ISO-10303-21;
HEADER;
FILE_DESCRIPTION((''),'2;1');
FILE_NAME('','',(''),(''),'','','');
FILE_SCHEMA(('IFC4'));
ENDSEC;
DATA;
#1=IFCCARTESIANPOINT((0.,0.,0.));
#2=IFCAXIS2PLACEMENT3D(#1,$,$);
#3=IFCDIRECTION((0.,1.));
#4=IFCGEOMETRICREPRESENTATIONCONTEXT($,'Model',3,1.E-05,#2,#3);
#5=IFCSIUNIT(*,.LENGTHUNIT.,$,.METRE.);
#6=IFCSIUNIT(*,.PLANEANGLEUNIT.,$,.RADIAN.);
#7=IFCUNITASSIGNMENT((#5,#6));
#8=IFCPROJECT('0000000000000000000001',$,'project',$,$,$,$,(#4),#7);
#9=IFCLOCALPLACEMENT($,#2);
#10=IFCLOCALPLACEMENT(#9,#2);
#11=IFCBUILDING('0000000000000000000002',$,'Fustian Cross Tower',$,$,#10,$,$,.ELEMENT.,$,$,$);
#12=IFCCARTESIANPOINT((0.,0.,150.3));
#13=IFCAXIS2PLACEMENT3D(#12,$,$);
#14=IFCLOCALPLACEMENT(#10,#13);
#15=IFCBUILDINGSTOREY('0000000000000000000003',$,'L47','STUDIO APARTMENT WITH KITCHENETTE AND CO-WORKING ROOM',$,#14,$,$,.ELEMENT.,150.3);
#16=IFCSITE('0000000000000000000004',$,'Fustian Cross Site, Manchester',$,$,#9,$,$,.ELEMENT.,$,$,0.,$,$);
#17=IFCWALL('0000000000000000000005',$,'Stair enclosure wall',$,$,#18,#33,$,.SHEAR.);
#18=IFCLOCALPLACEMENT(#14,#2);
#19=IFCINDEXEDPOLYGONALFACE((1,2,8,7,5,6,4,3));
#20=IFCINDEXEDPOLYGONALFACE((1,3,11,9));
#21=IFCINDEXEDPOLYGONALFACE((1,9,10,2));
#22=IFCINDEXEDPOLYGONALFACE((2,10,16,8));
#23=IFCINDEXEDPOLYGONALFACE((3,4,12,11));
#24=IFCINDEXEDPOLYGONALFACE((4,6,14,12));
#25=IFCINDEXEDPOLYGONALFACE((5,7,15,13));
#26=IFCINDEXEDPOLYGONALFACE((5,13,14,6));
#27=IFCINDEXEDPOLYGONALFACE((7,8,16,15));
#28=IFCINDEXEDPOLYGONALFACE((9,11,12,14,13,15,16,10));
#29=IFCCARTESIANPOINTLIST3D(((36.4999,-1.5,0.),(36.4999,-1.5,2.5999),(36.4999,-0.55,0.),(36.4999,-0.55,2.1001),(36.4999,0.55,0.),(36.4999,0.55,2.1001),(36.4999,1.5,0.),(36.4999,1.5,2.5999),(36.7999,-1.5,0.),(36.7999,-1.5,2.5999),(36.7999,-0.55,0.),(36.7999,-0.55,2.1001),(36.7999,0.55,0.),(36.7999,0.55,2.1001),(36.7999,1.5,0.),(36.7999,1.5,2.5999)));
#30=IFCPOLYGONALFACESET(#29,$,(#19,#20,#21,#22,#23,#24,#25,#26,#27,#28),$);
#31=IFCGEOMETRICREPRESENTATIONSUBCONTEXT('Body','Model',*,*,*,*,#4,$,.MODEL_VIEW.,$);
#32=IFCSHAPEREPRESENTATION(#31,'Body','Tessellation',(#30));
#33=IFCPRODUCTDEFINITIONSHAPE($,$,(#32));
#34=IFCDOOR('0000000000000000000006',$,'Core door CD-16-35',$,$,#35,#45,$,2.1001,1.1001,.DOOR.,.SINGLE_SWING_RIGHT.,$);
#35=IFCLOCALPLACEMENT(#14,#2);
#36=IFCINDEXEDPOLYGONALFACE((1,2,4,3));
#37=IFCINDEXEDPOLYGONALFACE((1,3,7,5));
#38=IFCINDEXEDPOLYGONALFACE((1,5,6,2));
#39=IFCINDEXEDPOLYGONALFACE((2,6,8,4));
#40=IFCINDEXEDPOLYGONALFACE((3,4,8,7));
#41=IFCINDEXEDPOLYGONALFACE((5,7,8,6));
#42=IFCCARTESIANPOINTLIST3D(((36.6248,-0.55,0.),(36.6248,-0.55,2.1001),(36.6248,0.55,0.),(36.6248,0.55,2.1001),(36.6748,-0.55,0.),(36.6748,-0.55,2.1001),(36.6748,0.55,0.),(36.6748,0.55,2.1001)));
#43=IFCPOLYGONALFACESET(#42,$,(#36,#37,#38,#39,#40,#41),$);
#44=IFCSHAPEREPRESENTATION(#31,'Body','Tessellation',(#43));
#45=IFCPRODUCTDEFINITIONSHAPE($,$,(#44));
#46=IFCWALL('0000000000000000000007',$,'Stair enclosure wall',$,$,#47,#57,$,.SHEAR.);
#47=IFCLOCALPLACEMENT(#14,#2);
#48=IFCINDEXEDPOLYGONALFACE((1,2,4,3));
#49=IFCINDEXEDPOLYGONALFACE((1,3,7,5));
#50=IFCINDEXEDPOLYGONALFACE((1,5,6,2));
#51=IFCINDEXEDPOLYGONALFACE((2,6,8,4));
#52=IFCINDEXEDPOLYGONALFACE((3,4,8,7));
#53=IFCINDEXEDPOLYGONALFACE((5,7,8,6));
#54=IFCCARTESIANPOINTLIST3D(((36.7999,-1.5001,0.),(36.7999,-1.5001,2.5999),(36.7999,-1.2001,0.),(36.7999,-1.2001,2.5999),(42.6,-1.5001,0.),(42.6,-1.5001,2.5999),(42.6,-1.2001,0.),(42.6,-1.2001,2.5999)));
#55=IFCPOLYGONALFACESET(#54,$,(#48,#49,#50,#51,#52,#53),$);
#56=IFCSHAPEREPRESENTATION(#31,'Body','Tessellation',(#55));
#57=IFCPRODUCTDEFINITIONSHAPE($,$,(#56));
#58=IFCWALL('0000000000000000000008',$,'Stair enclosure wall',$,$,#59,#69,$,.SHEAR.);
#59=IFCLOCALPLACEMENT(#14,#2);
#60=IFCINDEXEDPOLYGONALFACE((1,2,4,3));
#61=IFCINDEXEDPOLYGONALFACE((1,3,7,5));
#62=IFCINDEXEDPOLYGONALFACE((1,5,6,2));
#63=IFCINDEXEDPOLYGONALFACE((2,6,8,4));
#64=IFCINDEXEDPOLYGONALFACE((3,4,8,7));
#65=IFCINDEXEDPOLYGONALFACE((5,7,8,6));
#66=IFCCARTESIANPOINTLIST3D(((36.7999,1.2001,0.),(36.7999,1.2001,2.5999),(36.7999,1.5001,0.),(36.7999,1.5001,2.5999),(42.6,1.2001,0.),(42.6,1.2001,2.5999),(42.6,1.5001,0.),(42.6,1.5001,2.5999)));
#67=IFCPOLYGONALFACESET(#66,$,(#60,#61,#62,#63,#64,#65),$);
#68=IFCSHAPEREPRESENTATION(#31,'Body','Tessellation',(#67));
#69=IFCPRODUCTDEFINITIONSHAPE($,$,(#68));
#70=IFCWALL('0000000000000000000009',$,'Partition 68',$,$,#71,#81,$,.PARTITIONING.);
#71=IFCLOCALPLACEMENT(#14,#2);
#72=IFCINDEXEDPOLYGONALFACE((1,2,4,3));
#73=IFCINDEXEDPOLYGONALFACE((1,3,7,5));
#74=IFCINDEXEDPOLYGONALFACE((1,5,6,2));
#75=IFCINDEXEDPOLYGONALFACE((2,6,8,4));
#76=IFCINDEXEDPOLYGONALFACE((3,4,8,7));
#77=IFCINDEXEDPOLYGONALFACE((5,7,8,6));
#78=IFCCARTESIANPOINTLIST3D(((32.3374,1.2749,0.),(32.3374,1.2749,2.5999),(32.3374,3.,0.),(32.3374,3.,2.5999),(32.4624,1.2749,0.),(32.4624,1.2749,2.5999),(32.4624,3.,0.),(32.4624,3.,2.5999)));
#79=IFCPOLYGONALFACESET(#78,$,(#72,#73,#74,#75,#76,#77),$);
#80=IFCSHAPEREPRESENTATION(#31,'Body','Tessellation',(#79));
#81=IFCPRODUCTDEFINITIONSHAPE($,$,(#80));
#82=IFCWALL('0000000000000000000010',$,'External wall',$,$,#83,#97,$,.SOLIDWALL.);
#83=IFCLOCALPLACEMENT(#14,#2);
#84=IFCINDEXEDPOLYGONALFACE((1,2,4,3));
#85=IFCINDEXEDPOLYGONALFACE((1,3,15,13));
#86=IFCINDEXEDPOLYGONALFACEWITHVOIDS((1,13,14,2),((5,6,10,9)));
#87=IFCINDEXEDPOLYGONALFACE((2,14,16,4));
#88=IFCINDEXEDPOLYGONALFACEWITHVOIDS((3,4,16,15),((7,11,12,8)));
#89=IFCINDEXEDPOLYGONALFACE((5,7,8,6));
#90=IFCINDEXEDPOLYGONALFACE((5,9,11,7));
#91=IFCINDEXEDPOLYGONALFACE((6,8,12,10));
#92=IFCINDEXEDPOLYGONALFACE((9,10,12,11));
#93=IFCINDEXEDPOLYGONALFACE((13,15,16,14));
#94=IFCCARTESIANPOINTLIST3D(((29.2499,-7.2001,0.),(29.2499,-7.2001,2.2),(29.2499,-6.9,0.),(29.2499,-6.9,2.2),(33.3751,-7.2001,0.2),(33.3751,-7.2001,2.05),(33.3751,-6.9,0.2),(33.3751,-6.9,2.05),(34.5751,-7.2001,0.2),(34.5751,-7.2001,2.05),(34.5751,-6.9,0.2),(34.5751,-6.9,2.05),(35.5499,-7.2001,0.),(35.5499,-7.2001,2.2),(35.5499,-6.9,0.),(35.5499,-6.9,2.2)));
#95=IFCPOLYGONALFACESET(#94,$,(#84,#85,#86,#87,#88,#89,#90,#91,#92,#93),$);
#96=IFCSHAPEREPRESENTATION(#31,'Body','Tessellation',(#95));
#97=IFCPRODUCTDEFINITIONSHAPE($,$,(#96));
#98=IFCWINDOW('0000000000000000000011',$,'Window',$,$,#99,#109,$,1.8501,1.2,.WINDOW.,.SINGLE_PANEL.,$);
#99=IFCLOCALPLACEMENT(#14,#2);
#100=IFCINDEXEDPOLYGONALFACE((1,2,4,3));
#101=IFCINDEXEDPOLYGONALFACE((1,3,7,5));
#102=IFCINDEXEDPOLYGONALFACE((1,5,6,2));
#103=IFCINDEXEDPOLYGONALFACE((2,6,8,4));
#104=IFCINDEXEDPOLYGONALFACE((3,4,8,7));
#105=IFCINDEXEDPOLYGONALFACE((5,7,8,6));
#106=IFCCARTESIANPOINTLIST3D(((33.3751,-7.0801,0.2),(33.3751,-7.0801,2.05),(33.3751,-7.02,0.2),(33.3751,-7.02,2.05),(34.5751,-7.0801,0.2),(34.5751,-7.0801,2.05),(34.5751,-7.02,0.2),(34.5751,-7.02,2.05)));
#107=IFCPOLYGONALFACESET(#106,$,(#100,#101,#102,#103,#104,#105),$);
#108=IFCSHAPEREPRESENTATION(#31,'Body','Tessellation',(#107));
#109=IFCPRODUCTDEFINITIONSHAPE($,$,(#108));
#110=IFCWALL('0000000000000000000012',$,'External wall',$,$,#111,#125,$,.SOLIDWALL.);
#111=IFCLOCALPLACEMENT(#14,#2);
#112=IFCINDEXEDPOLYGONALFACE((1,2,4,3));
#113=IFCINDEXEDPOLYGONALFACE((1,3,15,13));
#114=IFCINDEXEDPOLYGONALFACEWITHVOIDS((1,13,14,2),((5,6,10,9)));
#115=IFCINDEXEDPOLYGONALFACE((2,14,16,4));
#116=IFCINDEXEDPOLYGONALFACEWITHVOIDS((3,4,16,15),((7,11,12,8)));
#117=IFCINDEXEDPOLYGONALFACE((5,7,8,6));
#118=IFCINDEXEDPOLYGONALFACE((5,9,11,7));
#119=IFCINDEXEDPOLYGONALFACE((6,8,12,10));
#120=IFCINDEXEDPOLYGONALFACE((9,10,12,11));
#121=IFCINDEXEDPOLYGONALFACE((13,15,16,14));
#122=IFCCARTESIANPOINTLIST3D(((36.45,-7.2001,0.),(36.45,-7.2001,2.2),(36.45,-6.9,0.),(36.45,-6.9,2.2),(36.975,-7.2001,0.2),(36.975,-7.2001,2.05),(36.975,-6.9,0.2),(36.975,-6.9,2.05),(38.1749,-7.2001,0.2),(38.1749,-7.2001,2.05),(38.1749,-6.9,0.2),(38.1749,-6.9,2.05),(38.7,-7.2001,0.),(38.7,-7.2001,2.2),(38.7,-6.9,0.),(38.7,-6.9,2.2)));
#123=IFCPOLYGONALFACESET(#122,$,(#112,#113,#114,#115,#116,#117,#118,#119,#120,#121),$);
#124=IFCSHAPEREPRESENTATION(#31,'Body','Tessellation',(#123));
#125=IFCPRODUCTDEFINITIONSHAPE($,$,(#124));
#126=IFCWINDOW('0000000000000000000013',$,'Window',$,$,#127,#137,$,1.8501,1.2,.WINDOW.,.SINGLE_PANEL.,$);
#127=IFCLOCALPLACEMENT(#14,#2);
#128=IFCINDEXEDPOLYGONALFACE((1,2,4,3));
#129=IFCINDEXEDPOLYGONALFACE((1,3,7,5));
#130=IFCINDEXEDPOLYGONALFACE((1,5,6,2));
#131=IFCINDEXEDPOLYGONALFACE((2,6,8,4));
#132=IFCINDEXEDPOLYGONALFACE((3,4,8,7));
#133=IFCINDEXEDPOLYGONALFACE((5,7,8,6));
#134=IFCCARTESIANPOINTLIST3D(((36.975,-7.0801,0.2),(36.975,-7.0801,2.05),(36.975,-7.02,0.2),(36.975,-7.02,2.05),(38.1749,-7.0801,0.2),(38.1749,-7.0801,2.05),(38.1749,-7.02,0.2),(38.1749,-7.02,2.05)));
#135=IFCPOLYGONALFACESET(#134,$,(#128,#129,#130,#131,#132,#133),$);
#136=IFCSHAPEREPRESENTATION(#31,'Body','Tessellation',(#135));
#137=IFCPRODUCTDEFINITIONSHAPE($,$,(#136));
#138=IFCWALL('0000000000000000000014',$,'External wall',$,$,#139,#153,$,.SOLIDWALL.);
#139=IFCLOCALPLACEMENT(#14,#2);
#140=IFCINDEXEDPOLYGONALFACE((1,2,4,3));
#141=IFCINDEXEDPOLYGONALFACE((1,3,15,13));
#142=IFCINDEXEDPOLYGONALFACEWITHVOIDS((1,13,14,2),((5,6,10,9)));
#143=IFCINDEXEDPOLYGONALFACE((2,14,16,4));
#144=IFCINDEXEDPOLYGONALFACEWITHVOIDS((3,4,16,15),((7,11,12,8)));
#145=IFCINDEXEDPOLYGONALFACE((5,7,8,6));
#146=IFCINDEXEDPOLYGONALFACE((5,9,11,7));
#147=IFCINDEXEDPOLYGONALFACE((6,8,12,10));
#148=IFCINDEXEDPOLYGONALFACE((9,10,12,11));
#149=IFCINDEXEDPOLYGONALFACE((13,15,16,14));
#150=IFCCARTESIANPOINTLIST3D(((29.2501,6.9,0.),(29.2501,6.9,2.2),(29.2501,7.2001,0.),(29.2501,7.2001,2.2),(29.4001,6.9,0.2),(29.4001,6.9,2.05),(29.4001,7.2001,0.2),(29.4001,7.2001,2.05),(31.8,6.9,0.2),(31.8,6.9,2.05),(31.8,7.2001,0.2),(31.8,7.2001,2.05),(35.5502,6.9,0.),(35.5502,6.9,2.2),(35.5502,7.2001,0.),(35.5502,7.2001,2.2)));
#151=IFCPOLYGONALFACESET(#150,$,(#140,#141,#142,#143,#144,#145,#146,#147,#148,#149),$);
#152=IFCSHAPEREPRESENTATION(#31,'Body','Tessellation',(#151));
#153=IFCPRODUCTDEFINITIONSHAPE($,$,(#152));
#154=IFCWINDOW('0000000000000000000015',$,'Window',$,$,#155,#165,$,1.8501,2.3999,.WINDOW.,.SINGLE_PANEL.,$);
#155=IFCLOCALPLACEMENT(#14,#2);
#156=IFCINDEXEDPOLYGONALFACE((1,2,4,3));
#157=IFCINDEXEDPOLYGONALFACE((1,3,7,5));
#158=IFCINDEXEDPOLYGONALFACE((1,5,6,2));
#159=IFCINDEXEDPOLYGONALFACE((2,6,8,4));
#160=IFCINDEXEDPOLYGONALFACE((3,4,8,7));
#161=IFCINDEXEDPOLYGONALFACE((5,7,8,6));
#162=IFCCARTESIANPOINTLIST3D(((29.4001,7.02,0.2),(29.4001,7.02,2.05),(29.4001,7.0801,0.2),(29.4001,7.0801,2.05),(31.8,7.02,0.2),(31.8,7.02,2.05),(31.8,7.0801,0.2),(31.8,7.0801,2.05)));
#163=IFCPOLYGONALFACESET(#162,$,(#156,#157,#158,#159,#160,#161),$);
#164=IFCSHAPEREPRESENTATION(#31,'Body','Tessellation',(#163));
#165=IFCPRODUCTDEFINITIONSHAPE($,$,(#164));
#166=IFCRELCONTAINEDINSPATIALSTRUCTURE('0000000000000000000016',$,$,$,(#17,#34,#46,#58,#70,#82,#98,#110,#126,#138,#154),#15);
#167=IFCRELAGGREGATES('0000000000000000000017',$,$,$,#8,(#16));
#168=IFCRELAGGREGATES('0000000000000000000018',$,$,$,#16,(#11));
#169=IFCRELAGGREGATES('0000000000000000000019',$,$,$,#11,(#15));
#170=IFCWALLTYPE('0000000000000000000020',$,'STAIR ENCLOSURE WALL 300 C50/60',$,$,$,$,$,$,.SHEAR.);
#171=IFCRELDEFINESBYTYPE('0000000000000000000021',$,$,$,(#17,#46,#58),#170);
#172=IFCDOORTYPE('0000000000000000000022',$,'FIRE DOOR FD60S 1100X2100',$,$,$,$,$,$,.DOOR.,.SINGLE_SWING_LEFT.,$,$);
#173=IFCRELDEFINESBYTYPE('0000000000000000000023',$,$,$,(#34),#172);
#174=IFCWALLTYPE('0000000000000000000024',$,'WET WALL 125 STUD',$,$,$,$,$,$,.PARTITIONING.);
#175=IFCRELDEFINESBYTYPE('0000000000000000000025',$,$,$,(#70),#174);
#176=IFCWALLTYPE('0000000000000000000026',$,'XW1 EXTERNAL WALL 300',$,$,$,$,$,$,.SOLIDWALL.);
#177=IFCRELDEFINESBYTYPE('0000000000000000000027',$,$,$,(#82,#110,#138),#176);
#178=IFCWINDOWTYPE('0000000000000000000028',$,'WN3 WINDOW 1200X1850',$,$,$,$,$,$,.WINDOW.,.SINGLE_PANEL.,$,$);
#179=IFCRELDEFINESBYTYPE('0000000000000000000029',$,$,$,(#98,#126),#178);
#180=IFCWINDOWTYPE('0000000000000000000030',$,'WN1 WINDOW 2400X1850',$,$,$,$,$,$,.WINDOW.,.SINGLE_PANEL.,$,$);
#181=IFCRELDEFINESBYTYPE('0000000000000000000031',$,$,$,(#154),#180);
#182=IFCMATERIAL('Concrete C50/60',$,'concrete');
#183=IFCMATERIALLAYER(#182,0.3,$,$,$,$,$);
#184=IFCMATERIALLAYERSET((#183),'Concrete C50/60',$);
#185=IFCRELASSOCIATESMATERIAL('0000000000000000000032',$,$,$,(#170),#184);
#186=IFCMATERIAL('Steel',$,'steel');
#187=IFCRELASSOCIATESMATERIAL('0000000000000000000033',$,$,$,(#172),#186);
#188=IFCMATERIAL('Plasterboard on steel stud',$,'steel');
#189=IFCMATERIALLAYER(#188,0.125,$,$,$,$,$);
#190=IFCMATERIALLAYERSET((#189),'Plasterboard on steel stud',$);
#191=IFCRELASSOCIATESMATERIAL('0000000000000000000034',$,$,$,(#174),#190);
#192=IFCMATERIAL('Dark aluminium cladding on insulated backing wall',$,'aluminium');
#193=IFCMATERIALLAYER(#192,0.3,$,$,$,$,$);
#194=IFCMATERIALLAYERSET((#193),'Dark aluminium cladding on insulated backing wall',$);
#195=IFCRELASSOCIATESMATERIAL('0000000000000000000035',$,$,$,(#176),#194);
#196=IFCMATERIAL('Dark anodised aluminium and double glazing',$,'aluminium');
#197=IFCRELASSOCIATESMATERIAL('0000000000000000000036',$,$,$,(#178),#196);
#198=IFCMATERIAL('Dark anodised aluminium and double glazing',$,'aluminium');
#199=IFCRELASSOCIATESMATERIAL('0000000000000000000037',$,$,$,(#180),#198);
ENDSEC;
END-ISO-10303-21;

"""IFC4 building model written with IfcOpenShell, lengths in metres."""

from ifc_helpers import new_model, si_unit, direction, frame, frame_2d, origin, place, context, subcontext, project, spatial, rectangle, extrude, material, layer, layer_set, type_object, element, fill, save


model = new_model("IFC4")

# Units and contexts
model_context = context("Model", 3, precision=1e-05, world=origin(), true_north=direction((0.0, 1.0)))
body_context = subcontext(model_context, "Body", "Model", "MODEL_VIEW")
ifc_project = project(units=[si_unit("LENGTHUNIT", "METRE"), si_unit("PLANEANGLEUNIT", "RADIAN")], contexts=[model_context])

# Site, building, storey
site_placement = place(None, origin())
site = spatial("IfcSite", under=ifc_project, at=site_placement, Name="Fustian Cross Site, Manchester", CompositionType="ELEMENT", RefElevation=0.0)
building_placement = place(site_placement, origin())
building = spatial("IfcBuilding", under=site, at=building_placement, Name="Fustian Cross Tower", CompositionType="ELEMENT")
storey_placement = place(building_placement, frame((0.0, 0.0, 150.3)))
storey = spatial("IfcBuildingStorey", under=building, at=storey_placement, Name="L47", Description="STUDIO APARTMENT WITH KITCHENETTE AND CO-WORKING ROOM", CompositionType="ELEMENT", Elevation=150.3)

# Wall, opening, door
ifc_material_1 = material(Name="Concrete C50/60", Category="concrete")
ifc_layer_1 = layer(ifc_material_1, 0.3)
ifc_layer_set_1 = layer_set([ifc_layer_1], Name="Concrete C50/60")
wall_type_1 = type_object("IfcWallType", Name="STAIR ENCLOSURE WALL 300 C50/60", PredefinedType="SHEAR", material=ifc_layer_set_1)
wall_1_placement = place(storey_placement, frame((36.6499, -1.5, 0.0), z_axis=(0.0, 0.0, 1.0), x_axis=(0.0, 1.0, 0.0)))
wall_1 = element("IfcWall", 1, at=wall_1_placement, inside=storey, type_object=wall_type_1, Name="Stair enclosure wall", PredefinedType="SHEAR", context=body_context, shape_type="SweptSolid", body=[
    extrude(rectangle(XDim=3.0, YDim=0.3, at=frame_2d((1.5, 0.0))), origin(), (0.0, 0.0, 1.0), 2.5999),
])
opening_1_placement = place(wall_1_placement, frame((0.95, 0.0, 0.0)))
opening_1 = element("IfcOpeningElement", 2, at=opening_1_placement, cuts=wall_1, PredefinedType="OPENING", context=body_context, shape_type="SweptSolid", body=[
    extrude(rectangle(XDim=1.1001, YDim=2.1001, at=frame_2d((0.55, 1.05))), frame((0.0, 0.1599, 0.0), z_axis=(0.0, -1.0, 0.0), x_axis=(1.0, 0.0, 0.0)), (0.0, 0.0, 1.0), 0.3201),
])
ifc_material_2 = material(Name="Steel", Category="steel")
door_type_1 = type_object("IfcDoorType", Name="FIRE DOOR FD60S 1100X2100", OperationType="SINGLE_SWING_LEFT", PredefinedType="DOOR", material=ifc_material_2)
door_1_placement = place(opening_1_placement, frame((1.1001, 0.0, 0.0), z_axis=(0.0, 0.0, 1.0), x_axis=(-1.0, 0.0, 0.0)))
door_1 = element("IfcDoor", 3, at=door_1_placement, inside=storey, type_object=door_type_1, Name="Core door CD-16-35", OperationType="SINGLE_SWING_RIGHT", OverallHeight=2.1001, OverallWidth=1.1001, PredefinedType="DOOR", context=body_context, shape_type="SweptSolid", body=[
    extrude(rectangle(XDim=1.1001, YDim=2.1001, at=frame_2d((0.55, 1.05))), frame((0.0, 0.0249, 0.0), z_axis=(0.0, -1.0, 0.0), x_axis=(1.0, 0.0, 0.0)), (0.0, 0.0, 1.0), 0.05),
])
fill(opening_1, door_1)

# Walls
for number, where, z_axis, x_axis, name in (
    (4, (36.8, -1.3501, 0.0), (0.0, 0.0, 1.0), (1.0, 0.0, 0.0), "Stair enclosure wall"),
    (5, (36.8, 1.3501, 0.0), (0.0, 0.0, 1.0), (1.0, 0.0, 0.0), "Stair enclosure wall"),
):
    element("IfcWall", number, at=place(storey_placement, frame(where, z_axis=z_axis, x_axis=x_axis)), inside=storey, type_object=wall_type_1, Name=name, PredefinedType="SHEAR", context=body_context, shape_type="SweptSolid", body=[
        extrude(rectangle(XDim=5.8, YDim=0.3, at=frame_2d((2.8999, 0.0))), origin(), (0.0, 0.0, 1.0), 2.5999),
    ])
ifc_material_3 = material(Name="Plasterboard on steel stud", Category="steel")
ifc_layer_2 = layer(ifc_material_3, 0.125)
ifc_layer_set_2 = layer_set([ifc_layer_2], Name="Plasterboard on steel stud")
wall_type_2 = type_object("IfcWallType", Name="WET WALL 125 STUD", PredefinedType="PARTITIONING", material=ifc_layer_set_2)
wall_2_placement = place(storey_placement, frame((32.3999, 1.2749, 0.0), z_axis=(0.0, 0.0, 1.0), x_axis=(0.0, 1.0, 0.0)))
element("IfcWall", 6, at=wall_2_placement, inside=storey, type_object=wall_type_2, Name="Partition 68", PredefinedType="PARTITIONING", context=body_context, shape_type="SweptSolid", body=[
    extrude(rectangle(XDim=1.7251, YDim=0.125, at=frame_2d((0.8625, 0.0))), origin(), (0.0, 0.0, 1.0), 2.5999),
])

# Walls, openings, windows
ifc_material_4 = material(Name="Dark aluminium cladding on insulated backing wall", Category="aluminium")
ifc_layer_3 = layer(ifc_material_4, 0.3)
ifc_layer_set_3 = layer_set([ifc_layer_3], Name="Dark aluminium cladding on insulated backing wall")
wall_type_3 = type_object("IfcWallType", Name="XW1 EXTERNAL WALL 300", PredefinedType="SOLIDWALL", material=ifc_layer_set_3)
wall_3_placement = place(storey_placement, frame((29.25, -7.05, 0.0), z_axis=(0.0, 0.0, 1.0), x_axis=(1.0, 0.0, 0.0)))
wall_3 = element("IfcWall", 7, at=wall_3_placement, inside=storey, type_object=wall_type_3, Name="External wall", PredefinedType="SOLIDWALL", context=body_context, shape_type="SweptSolid", body=[
    extrude(rectangle(XDim=6.3, YDim=0.3, at=frame_2d((3.1499, 0.0))), origin(), (0.0, 0.0, 1.0), 2.2),
])
opening_2_placement = place(wall_3_placement, frame((4.125, 0.0, 0.2)))
opening_2 = element("IfcOpeningElement", 8, at=opening_2_placement, cuts=wall_3, PredefinedType="OPENING", context=body_context, shape_type="SweptSolid", body=[
    extrude(rectangle(XDim=1.2, YDim=1.8501, at=frame_2d((0.6001, 0.925))), frame((0.0, 0.1599, 0.0), z_axis=(0.0, -1.0, 0.0), x_axis=(1.0, 0.0, 0.0)), (0.0, 0.0, 1.0), 0.3201),
])
ifc_material_5 = material(Name="Dark anodised aluminium and double glazing", Category="aluminium")
window_type_1 = type_object("IfcWindowType", Name="WN3 WINDOW 1200X1850", PartitioningType="SINGLE_PANEL", PredefinedType="WINDOW", material=ifc_material_5)
window_1_placement = place(opening_2_placement, origin())
window_1 = element("IfcWindow", 9, at=window_1_placement, inside=storey, type_object=window_type_1, Name="Window", OverallHeight=1.8501, OverallWidth=1.2, PartitioningType="SINGLE_PANEL", PredefinedType="WINDOW", context=body_context, shape_type="SweptSolid", body=[
    extrude(rectangle(XDim=1.2, YDim=1.8501, at=frame_2d((0.6001, 0.925))), frame((0.0, 0.03, 0.0), z_axis=(0.0, -1.0, 0.0), x_axis=(1.0, 0.0, 0.0)), (0.0, 0.0, 1.0), 0.0601),
])
fill(opening_2, window_1)
wall_4_placement = place(storey_placement, frame((36.45, -7.05, 0.0), z_axis=(0.0, 0.0, 1.0), x_axis=(1.0, 0.0, 0.0)))
wall_4 = element("IfcWall", 10, at=wall_4_placement, inside=storey, type_object=wall_type_3, Name="External wall", PredefinedType="SOLIDWALL", context=body_context, shape_type="SweptSolid", body=[
    extrude(rectangle(XDim=2.25, YDim=0.3, at=frame_2d((1.125, 0.0))), origin(), (0.0, 0.0, 1.0), 2.2),
])
opening_3_placement = place(wall_4_placement, frame((0.5249, 0.0, 0.2)))
opening_3 = element("IfcOpeningElement", 11, at=opening_3_placement, cuts=wall_4, PredefinedType="OPENING", context=body_context, shape_type="SweptSolid", body=[
    extrude(rectangle(XDim=1.2, YDim=1.8501, at=frame_2d((0.6001, 0.925))), frame((0.0, 0.1599, 0.0), z_axis=(0.0, -1.0, 0.0), x_axis=(1.0, 0.0, 0.0)), (0.0, 0.0, 1.0), 0.3201),
])
window_2_placement = place(opening_3_placement, origin())
window_2 = element("IfcWindow", 12, at=window_2_placement, inside=storey, type_object=window_type_1, Name="Window", OverallHeight=1.8501, OverallWidth=1.2, PartitioningType="SINGLE_PANEL", PredefinedType="WINDOW", context=body_context, shape_type="SweptSolid", body=[
    extrude(rectangle(XDim=1.2, YDim=1.8501, at=frame_2d((0.6001, 0.925))), frame((0.0, 0.03, 0.0), z_axis=(0.0, -1.0, 0.0), x_axis=(1.0, 0.0, 0.0)), (0.0, 0.0, 1.0), 0.0601),
])
fill(opening_3, window_2)
wall_5_placement = place(storey_placement, frame((35.55, 7.05, 0.0), z_axis=(0.0, 0.0, 1.0), x_axis=(-1.0, 0.0, 0.0)))
wall_5 = element("IfcWall", 13, at=wall_5_placement, inside=storey, type_object=wall_type_3, Name="External wall", PredefinedType="SOLIDWALL", context=body_context, shape_type="SweptSolid", body=[
    extrude(rectangle(XDim=6.3, YDim=0.3, at=frame_2d((3.1499, 0.0))), origin(), (0.0, 0.0, 1.0), 2.2),
])
opening_4_placement = place(wall_5_placement, frame((3.75, 0.0, 0.2)))
opening_4 = element("IfcOpeningElement", 14, at=opening_4_placement, cuts=wall_5, PredefinedType="OPENING", context=body_context, shape_type="SweptSolid", body=[
    extrude(rectangle(XDim=2.3999, YDim=1.8501, at=frame_2d((1.2, 0.925))), frame((0.0, 0.1599, 0.0), z_axis=(0.0, -1.0, 0.0), x_axis=(1.0, 0.0, 0.0)), (0.0, 0.0, 1.0), 0.3201),
])
ifc_material_6 = material(Name="Dark anodised aluminium and double glazing", Category="aluminium")
window_type_2 = type_object("IfcWindowType", Name="WN1 WINDOW 2400X1850", PartitioningType="SINGLE_PANEL", PredefinedType="WINDOW", material=ifc_material_6)
window_3_placement = place(opening_4_placement, origin())
window_3 = element("IfcWindow", 15, at=window_3_placement, inside=storey, type_object=window_type_2, Name="Window", OverallHeight=1.8501, OverallWidth=2.3999, PartitioningType="SINGLE_PANEL", PredefinedType="WINDOW", context=body_context, shape_type="SweptSolid", body=[
    extrude(rectangle(XDim=2.3999, YDim=1.8501, at=frame_2d((1.2, 0.925))), frame((0.0, 0.03, 0.0), z_axis=(0.0, -1.0, 0.0), x_axis=(1.0, 0.0, 0.0)), (0.0, 0.0, 1.0), 0.0601),
])
fill(opening_4, window_3)

save(model, "model.ifc")
